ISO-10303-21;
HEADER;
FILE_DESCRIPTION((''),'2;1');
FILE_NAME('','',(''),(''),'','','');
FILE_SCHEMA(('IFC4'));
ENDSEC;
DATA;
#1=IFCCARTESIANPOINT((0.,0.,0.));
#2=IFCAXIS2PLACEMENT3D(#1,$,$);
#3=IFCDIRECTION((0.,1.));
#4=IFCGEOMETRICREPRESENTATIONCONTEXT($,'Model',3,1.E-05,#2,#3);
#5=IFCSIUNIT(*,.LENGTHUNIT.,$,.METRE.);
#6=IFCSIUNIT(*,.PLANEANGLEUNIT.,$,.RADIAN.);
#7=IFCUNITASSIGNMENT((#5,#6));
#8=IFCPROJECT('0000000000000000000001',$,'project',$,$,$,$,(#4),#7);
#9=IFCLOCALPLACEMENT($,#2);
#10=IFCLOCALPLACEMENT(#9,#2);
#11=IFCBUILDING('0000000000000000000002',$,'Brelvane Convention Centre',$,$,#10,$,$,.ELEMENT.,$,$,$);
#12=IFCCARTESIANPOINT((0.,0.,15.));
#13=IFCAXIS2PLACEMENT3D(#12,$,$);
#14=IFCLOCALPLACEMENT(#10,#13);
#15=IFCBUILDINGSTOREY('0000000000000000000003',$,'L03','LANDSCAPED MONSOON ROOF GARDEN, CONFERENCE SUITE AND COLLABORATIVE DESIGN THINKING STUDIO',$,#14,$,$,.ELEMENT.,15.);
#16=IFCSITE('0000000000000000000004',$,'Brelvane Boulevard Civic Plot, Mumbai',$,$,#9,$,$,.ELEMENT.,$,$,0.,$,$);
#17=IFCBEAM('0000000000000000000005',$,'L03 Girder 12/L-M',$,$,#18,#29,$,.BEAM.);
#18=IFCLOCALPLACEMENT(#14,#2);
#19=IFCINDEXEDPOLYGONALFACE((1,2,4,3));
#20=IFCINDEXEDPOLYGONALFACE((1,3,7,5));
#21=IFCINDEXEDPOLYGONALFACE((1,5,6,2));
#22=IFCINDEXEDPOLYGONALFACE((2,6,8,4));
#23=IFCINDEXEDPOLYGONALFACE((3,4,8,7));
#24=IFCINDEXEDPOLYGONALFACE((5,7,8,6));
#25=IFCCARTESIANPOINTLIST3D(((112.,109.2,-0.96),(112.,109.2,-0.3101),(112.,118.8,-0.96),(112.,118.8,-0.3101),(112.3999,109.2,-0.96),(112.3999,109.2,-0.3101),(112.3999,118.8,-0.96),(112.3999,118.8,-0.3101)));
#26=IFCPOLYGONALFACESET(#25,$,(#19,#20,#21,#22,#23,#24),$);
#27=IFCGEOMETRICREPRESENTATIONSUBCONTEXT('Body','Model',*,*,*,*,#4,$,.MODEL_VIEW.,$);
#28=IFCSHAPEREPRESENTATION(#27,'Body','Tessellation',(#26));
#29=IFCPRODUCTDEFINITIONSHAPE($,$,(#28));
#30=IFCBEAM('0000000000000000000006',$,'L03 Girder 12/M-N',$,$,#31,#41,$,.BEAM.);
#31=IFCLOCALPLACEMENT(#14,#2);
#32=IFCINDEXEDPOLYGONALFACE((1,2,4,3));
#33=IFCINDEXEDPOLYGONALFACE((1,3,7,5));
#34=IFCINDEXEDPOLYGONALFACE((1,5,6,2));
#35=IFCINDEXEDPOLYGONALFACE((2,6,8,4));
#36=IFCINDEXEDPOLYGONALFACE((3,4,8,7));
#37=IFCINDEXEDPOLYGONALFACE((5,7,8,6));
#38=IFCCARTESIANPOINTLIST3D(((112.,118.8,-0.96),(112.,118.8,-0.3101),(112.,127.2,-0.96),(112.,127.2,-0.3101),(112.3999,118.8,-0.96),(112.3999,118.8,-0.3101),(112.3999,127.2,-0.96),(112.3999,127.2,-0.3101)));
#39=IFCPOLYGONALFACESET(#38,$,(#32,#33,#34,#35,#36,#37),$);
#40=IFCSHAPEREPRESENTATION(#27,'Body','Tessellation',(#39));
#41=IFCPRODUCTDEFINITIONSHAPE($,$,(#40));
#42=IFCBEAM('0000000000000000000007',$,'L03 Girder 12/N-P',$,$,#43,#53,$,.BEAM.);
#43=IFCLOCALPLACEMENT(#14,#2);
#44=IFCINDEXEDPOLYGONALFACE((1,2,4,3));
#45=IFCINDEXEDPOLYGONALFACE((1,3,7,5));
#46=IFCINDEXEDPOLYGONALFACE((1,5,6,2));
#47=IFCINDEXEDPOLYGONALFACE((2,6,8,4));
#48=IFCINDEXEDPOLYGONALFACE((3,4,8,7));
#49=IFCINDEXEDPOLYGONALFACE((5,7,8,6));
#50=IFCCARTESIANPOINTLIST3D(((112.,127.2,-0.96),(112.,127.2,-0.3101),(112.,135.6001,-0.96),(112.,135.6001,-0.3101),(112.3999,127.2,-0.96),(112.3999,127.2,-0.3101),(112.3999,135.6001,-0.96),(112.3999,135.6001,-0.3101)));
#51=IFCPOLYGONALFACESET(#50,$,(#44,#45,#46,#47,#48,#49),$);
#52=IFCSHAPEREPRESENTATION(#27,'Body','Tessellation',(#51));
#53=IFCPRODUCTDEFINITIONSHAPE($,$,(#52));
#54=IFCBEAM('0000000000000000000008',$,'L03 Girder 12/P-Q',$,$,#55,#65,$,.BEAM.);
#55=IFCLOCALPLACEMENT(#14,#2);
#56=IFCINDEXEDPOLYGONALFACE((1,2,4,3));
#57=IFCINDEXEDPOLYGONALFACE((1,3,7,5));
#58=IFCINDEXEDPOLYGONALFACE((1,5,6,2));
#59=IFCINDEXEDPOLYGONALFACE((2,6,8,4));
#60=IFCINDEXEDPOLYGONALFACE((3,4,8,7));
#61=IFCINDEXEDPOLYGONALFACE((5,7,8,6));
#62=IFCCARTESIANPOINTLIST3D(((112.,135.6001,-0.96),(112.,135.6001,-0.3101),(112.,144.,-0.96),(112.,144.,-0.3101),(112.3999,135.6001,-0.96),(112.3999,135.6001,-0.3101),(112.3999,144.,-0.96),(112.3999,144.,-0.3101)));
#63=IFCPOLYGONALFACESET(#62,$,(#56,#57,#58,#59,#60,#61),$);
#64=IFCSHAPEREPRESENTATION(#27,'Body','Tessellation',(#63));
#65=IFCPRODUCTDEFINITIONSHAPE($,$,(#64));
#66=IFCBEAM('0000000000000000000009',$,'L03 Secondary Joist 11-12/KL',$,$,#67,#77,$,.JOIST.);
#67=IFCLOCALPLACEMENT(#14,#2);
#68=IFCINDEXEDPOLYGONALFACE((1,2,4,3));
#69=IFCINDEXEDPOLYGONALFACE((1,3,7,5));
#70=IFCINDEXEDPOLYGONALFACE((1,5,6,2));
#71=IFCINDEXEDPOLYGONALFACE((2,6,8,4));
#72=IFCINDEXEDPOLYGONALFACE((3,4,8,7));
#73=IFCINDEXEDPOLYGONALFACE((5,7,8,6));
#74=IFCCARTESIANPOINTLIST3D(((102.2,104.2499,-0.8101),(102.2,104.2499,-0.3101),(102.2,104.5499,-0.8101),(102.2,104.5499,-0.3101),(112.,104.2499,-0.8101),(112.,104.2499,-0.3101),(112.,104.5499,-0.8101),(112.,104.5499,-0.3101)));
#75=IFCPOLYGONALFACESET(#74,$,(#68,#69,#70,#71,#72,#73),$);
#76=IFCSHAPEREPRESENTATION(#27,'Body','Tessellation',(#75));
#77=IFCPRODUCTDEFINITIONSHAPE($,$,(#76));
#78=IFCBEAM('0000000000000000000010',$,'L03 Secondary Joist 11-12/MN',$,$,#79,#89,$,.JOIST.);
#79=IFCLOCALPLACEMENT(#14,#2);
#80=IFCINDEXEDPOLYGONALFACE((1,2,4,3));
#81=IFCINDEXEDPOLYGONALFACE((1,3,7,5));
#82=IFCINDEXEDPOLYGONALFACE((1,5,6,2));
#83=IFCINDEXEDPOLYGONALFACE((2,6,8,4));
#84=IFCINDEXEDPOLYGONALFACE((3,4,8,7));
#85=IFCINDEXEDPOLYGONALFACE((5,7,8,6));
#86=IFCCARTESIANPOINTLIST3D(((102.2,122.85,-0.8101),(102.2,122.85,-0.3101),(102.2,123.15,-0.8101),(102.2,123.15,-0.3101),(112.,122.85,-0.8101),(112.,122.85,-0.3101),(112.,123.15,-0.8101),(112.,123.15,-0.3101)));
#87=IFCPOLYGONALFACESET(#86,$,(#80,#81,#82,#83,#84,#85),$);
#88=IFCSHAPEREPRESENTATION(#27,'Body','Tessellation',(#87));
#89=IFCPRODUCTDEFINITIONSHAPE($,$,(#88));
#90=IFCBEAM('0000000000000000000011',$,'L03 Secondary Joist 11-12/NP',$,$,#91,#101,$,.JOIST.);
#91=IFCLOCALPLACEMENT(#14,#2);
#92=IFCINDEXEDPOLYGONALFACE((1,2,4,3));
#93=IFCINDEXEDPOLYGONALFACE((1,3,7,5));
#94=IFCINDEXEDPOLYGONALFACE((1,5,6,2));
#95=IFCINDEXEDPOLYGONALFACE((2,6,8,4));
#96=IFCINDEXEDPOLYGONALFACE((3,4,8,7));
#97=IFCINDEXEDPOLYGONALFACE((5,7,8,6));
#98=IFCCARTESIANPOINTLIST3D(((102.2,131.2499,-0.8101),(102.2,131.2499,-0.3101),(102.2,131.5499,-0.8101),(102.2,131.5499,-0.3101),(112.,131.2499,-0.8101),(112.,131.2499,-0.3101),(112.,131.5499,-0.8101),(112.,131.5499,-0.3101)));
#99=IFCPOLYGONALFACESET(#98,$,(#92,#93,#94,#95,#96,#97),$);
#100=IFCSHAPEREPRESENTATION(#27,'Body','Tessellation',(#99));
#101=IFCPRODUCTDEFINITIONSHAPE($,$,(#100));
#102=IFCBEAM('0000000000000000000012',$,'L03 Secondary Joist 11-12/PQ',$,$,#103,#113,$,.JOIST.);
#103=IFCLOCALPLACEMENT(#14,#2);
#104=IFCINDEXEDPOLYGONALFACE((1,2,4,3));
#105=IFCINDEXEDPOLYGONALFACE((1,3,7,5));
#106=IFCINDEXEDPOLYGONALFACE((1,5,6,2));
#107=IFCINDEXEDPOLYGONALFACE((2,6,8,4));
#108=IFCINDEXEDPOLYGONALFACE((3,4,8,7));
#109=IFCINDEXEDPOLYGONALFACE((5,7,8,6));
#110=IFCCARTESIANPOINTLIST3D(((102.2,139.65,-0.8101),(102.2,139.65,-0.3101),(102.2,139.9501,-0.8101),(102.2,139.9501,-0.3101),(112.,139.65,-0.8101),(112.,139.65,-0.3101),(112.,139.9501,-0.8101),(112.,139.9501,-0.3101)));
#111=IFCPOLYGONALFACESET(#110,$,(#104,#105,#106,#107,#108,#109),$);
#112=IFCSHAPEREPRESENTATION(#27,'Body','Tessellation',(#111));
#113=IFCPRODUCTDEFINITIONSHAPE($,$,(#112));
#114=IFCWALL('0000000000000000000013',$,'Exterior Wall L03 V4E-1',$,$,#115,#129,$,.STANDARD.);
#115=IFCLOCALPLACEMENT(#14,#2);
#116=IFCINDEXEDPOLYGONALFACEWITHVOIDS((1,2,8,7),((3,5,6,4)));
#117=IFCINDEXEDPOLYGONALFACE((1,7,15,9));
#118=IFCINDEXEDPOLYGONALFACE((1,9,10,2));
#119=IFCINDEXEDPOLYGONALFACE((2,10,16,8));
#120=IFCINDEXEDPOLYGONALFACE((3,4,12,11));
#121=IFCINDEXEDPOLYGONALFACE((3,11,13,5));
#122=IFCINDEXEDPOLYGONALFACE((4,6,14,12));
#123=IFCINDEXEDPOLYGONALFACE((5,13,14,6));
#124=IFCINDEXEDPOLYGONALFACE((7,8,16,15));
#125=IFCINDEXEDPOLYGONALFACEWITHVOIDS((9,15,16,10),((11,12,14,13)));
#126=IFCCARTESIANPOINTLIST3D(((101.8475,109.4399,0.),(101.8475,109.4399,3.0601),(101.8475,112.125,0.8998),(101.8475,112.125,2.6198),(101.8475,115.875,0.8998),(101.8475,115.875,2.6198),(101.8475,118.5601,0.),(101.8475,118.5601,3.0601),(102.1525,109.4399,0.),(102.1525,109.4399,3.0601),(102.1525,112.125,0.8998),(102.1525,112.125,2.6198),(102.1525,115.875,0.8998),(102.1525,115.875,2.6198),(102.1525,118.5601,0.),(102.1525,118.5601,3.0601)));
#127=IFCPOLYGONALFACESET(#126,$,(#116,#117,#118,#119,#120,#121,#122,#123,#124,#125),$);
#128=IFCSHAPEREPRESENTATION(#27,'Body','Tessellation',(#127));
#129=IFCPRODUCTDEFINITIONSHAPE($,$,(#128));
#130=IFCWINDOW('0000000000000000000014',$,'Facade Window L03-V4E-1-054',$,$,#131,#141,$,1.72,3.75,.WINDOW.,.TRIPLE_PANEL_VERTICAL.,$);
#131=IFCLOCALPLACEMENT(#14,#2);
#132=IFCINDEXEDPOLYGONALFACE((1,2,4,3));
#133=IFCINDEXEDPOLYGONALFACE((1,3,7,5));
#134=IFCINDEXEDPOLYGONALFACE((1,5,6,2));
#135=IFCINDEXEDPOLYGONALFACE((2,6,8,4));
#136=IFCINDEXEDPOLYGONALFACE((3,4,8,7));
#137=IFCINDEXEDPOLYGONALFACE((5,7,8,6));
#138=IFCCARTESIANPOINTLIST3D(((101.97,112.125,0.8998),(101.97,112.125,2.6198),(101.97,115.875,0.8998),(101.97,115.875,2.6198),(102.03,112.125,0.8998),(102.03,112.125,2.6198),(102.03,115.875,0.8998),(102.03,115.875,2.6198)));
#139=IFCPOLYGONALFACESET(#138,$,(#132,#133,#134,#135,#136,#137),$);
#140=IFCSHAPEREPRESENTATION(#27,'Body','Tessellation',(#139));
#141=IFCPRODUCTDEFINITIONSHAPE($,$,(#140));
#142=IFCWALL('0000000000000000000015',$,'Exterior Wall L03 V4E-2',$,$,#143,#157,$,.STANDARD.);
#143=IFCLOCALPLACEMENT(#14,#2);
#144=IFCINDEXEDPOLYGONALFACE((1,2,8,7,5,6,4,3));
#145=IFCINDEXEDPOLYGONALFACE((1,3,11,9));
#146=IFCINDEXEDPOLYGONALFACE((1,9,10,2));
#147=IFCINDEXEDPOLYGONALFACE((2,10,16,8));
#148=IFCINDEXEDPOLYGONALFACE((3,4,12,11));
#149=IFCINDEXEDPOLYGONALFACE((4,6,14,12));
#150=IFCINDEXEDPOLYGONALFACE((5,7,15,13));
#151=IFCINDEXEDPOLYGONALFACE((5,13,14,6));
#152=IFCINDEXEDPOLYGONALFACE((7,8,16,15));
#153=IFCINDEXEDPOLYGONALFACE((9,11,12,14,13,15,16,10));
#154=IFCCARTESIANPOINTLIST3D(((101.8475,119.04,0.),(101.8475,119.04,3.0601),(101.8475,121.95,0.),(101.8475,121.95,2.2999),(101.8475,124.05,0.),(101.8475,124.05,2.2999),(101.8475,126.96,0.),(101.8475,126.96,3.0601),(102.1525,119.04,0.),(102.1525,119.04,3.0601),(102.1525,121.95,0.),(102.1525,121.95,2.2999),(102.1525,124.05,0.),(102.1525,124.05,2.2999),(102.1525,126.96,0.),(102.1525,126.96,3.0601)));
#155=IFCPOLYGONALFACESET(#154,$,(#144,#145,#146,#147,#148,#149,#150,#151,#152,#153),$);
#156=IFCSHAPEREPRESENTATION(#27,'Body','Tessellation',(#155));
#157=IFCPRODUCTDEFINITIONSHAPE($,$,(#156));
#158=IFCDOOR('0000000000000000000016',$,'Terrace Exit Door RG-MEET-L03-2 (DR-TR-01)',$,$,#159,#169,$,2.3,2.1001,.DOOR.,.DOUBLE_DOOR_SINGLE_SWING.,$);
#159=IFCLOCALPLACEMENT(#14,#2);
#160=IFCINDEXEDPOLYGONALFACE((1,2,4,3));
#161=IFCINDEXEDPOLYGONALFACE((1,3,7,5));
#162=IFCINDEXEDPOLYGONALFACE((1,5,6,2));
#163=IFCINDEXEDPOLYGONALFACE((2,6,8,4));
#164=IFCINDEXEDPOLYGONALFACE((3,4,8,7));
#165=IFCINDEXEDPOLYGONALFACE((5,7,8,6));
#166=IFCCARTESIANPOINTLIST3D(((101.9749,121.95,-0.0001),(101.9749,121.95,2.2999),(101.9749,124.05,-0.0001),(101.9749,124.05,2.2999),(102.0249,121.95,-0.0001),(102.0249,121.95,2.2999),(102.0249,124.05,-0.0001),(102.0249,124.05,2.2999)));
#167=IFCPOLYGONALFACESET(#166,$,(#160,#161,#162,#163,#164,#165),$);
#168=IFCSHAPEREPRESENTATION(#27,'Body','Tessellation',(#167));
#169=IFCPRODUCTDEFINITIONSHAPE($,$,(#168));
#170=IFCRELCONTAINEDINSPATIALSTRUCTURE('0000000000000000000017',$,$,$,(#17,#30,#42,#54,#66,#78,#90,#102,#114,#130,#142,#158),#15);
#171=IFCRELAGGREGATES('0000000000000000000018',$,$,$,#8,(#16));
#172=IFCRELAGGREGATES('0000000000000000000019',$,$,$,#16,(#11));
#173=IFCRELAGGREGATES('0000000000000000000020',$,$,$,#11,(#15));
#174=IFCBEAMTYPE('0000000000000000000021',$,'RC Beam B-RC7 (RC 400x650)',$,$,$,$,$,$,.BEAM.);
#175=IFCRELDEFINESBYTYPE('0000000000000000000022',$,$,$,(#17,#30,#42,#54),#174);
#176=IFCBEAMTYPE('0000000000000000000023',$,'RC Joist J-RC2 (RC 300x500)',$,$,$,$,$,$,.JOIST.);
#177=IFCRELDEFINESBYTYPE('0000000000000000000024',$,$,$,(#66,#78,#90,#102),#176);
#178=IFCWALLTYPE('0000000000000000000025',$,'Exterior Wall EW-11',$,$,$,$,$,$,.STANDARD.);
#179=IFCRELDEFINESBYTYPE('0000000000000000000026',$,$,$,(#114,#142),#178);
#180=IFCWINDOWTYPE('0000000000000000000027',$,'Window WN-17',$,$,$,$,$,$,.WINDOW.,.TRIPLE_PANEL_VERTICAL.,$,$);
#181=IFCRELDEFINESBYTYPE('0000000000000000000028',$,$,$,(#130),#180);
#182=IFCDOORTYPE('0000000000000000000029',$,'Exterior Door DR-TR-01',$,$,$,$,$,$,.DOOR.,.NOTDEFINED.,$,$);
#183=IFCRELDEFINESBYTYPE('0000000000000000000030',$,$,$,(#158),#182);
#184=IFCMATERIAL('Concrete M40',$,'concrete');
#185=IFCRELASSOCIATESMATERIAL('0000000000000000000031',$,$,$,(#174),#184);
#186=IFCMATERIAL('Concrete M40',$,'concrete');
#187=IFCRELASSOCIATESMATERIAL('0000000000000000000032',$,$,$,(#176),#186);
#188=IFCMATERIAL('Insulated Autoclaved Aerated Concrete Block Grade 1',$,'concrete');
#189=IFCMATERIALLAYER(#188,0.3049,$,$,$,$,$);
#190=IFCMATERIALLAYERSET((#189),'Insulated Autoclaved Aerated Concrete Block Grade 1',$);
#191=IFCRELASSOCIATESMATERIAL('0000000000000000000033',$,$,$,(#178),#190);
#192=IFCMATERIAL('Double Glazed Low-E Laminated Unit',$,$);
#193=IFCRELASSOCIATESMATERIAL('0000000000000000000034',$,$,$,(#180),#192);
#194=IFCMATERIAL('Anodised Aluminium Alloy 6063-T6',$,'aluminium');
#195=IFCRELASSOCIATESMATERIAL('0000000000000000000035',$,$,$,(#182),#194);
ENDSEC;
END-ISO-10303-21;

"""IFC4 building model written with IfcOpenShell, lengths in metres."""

from ifc_helpers import new_model, si_unit, direction, frame, frame_2d, origin, origin_2d, place, context, subcontext, project, spatial, rectangle, extrude, material, layer, layer_set, material_profile, profile_set, type_object, element, fill, save


model = new_model("IFC4")

# Units and contexts
model_context = context("Model", 3, precision=1e-05, world=origin(), true_north=direction((0.0, 1.0)))
body_context = subcontext(model_context, "Body", "Model", "MODEL_VIEW")
ifc_project = project(units=[si_unit("LENGTHUNIT", "METRE"), si_unit("PLANEANGLEUNIT", "RADIAN")], contexts=[model_context])

# Site, building, storey
site_placement = place(None, origin())
site = spatial("IfcSite", under=ifc_project, at=site_placement, Name="Brelvane Boulevard Civic Plot, Mumbai", CompositionType="ELEMENT", RefElevation=0.0)
building_placement = place(site_placement, origin())
building = spatial("IfcBuilding", under=site, at=building_placement, Name="Brelvane Convention Centre", CompositionType="ELEMENT")
storey_placement = place(building_placement, frame((0.0, 0.0, 15.0)))
storey = spatial("IfcBuildingStorey", under=building, at=storey_placement, Name="L03", Description="LANDSCAPED MONSOON ROOF GARDEN, CONFERENCE SUITE AND COLLABORATIVE DESIGN THINKING STUDIO", CompositionType="ELEMENT", Elevation=15.0)

# Beams
ifc_material_1 = material(Name="Concrete M40", Category="concrete")
ifc_material_profile_1 = material_profile(ifc_material_1, rectangle(XDim=0.3999, YDim=0.6499, at=origin_2d()), Name="RC 400x650")
ifc_profile_set_1 = profile_set([ifc_material_profile_1], Name="Concrete M40")
beam_type_1 = type_object("IfcBeamType", Name="RC Beam B-RC7 (RC 400x650)", PredefinedType="BEAM", material=ifc_profile_set_1)
beam_1_placement = place(storey_placement, frame((112.2, 109.2, -0.635), z_axis=(0.0, 1.0, 0.0), x_axis=(-1.0, 0.0, 0.0)))
element("IfcBeam", 1, at=beam_1_placement, inside=storey, type_object=beam_type_1, Name="L03 Girder 12/L-M", PredefinedType="BEAM", context=body_context, shape_type="SweptSolid", body=[
    extrude(rectangle(XDim=0.3999, YDim=0.6499, at=origin_2d()), origin(), (0.0, 0.0, 1.0), 9.6001),
])
beam_2_placement = place(storey_placement, frame((112.2, 118.8, -0.635), z_axis=(0.0, 1.0, 0.0), x_axis=(-1.0, 0.0, 0.0)))
element("IfcBeam", 2, at=beam_2_placement, inside=storey, type_object=beam_type_1, Name="L03 Girder 12/M-N", PredefinedType="BEAM", context=body_context, shape_type="SweptSolid", body=[
    extrude(rectangle(XDim=0.3999, YDim=0.6499, at=origin_2d()), origin(), (0.0, 0.0, 1.0), 8.3999),
])
beam_3_placement = place(storey_placement, frame((112.2, 127.2, -0.635), z_axis=(0.0, 1.0, 0.0), x_axis=(-1.0, 0.0, 0.0)))
element("IfcBeam", 3, at=beam_3_placement, inside=storey, type_object=beam_type_1, Name="L03 Girder 12/N-P", PredefinedType="BEAM", context=body_context, shape_type="SweptSolid", body=[
    extrude(rectangle(XDim=0.3999, YDim=0.6499, at=origin_2d()), origin(), (0.0, 0.0, 1.0), 8.4001),
])
beam_4_placement = place(storey_placement, frame((112.2, 135.6001, -0.635), z_axis=(0.0, 1.0, 0.0), x_axis=(-1.0, 0.0, 0.0)))
element("IfcBeam", 4, at=beam_4_placement, inside=storey, type_object=beam_type_1, Name="L03 Girder 12/P-Q", PredefinedType="BEAM", context=body_context, shape_type="SweptSolid", body=[
    extrude(rectangle(XDim=0.3999, YDim=0.6499, at=origin_2d()), origin(), (0.0, 0.0, 1.0), 8.3999),
])
ifc_material_2 = material(Name="Concrete M40", Category="concrete")
ifc_material_profile_2 = material_profile(ifc_material_2, rectangle(XDim=0.3, YDim=0.5, at=origin_2d()), Name="RC 300x500")
ifc_profile_set_2 = profile_set([ifc_material_profile_2], Name="Concrete M40")
beam_type_2 = type_object("IfcBeamType", Name="RC Joist J-RC2 (RC 300x500)", PredefinedType="JOIST", material=ifc_profile_set_2)
for number, where, z_axis, x_axis, name in (
    (5, (102.2, 104.3999, -0.5601), (1.0, 0.0, 0.0), (0.0, 1.0, 0.0), "L03 Secondary Joist 11-12/KL"),
    (6, (102.2, 123.0, -0.5601), (1.0, 0.0, 0.0), (0.0, 1.0, 0.0), "L03 Secondary Joist 11-12/MN"),
    (7, (102.2, 131.3999, -0.5601), (1.0, 0.0, 0.0), (0.0, 1.0, 0.0), "L03 Secondary Joist 11-12/NP"),
    (8, (102.2, 139.8, -0.5601), (1.0, 0.0, 0.0), (0.0, 1.0, 0.0), "L03 Secondary Joist 11-12/PQ"),
):
    element("IfcBeam", number, at=place(storey_placement, frame(where, z_axis=z_axis, x_axis=x_axis)), inside=storey, type_object=beam_type_2, Name=name, PredefinedType="JOIST", context=body_context, shape_type="SweptSolid", body=[
        extrude(rectangle(XDim=0.3, YDim=0.5, at=origin_2d()), origin(), (0.0, 0.0, 1.0), 9.8),
    ])

# Wall, opening, window
ifc_material_3 = material(Name="Insulated Autoclaved Aerated Concrete Block Grade 1", Category="concrete")
ifc_layer_1 = layer(ifc_material_3, 0.3049)
ifc_layer_set_1 = layer_set([ifc_layer_1], Name="Insulated Autoclaved Aerated Concrete Block Grade 1")
wall_type_1 = type_object("IfcWallType", Name="Exterior Wall EW-11", PredefinedType="STANDARD", material=ifc_layer_set_1)
wall_1_placement = place(storey_placement, frame((102.0, 109.4399, 0.0), z_axis=(0.0, 0.0, 1.0), x_axis=(0.0, 1.0, 0.0)))
wall_1 = element("IfcWall", 9, at=wall_1_placement, inside=storey, type_object=wall_type_1, Name="Exterior Wall L03 V4E-1", PredefinedType="STANDARD", context=body_context, shape_type="SweptSolid", body=[
    extrude(rectangle(XDim=9.1201, YDim=0.3049, at=frame_2d((4.5601, 0.0))), origin(), (0.0, 0.0, 1.0), 3.0601),
])
opening_1_placement = place(wall_1_placement, frame((2.6851, 0.0, 0.8999)))
opening_1 = element("IfcOpeningElement", 10, at=opening_1_placement, cuts=wall_1, PredefinedType="OPENING", context=body_context, shape_type="SweptSolid", body=[
    extrude(rectangle(XDim=3.75, YDim=1.72, at=frame_2d((1.875, 0.8599))), frame((0.0, 0.1624, 0.0), z_axis=(0.0, -1.0, 0.0), x_axis=(1.0, 0.0, 0.0)), (0.0, 0.0, 1.0), 0.325),
])
ifc_material_4 = material(Name="Double Glazed Low-E Laminated Unit")
window_type = type_object("IfcWindowType", Name="Window WN-17", PartitioningType="TRIPLE_PANEL_VERTICAL", PredefinedType="WINDOW", material=ifc_material_4)
window_1_placement = place(opening_1_placement, origin())
window_1 = element("IfcWindow", 11, at=window_1_placement, inside=storey, type_object=window_type, Name="Facade Window L03-V4E-1-054", OverallHeight=1.72, OverallWidth=3.75, PartitioningType="TRIPLE_PANEL_VERTICAL", PredefinedType="WINDOW", context=body_context, shape_type="SweptSolid", body=[
    extrude(rectangle(XDim=3.75, YDim=1.72, at=frame_2d((1.875, 0.8599))), frame((0.0, 0.03, 0.0), z_axis=(0.0, -1.0, 0.0), x_axis=(1.0, 0.0, 0.0)), (0.0, 0.0, 1.0), 0.0601),
])
fill(opening_1, window_1)

# Wall, opening, door
wall_2_placement = place(storey_placement, frame((102.0, 119.04, 0.0), z_axis=(0.0, 0.0, 1.0), x_axis=(0.0, 1.0, 0.0)))
wall_2 = element("IfcWall", 12, at=wall_2_placement, inside=storey, type_object=wall_type_1, Name="Exterior Wall L03 V4E-2", PredefinedType="STANDARD", context=body_context, shape_type="SweptSolid", body=[
    extrude(rectangle(XDim=7.9199, YDim=0.3049, at=frame_2d((3.96, 0.0))), origin(), (0.0, 0.0, 1.0), 3.0601),
])
opening_2_placement = place(wall_2_placement, frame((2.9099, 0.0, 0.0)))
opening_2 = element("IfcOpeningElement", 13, at=opening_2_placement, cuts=wall_2, PredefinedType="OPENING", context=body_context, shape_type="SweptSolid", body=[
    extrude(rectangle(XDim=2.1001, YDim=2.3, at=frame_2d((1.05, 1.1499))), frame((0.0, 0.1624, 0.0), z_axis=(0.0, -1.0, 0.0), x_axis=(1.0, 0.0, 0.0)), (0.0, 0.0, 1.0), 0.325),
])
ifc_material_5 = material(Name="Anodised Aluminium Alloy 6063-T6", Category="aluminium")
door_type = type_object("IfcDoorType", Name="Exterior Door DR-TR-01", OperationType="NOTDEFINED", PredefinedType="DOOR", material=ifc_material_5)
door_placement = place(opening_2_placement, frame((2.1001, 0.0, 0.0), z_axis=(0.0, 0.0, 1.0), x_axis=(-1.0, 0.0, 0.0)))
door = element("IfcDoor", 14, at=door_placement, inside=storey, type_object=door_type, Name="Terrace Exit Door RG-MEET-L03-2 (DR-TR-01)", OperationType="DOUBLE_DOOR_SINGLE_SWING", OverallHeight=2.3, OverallWidth=2.1001, PredefinedType="DOOR", context=body_context, shape_type="SweptSolid", body=[
    extrude(rectangle(XDim=2.1001, YDim=2.3, at=frame_2d((1.05, 1.1499))), frame((0.0, 0.0249, 0.0), z_axis=(0.0, -1.0, 0.0), x_axis=(1.0, 0.0, 0.0)), (0.0, 0.0, 1.0), 0.05),
])
fill(opening_2, door)

save(model, "model.ifc")
